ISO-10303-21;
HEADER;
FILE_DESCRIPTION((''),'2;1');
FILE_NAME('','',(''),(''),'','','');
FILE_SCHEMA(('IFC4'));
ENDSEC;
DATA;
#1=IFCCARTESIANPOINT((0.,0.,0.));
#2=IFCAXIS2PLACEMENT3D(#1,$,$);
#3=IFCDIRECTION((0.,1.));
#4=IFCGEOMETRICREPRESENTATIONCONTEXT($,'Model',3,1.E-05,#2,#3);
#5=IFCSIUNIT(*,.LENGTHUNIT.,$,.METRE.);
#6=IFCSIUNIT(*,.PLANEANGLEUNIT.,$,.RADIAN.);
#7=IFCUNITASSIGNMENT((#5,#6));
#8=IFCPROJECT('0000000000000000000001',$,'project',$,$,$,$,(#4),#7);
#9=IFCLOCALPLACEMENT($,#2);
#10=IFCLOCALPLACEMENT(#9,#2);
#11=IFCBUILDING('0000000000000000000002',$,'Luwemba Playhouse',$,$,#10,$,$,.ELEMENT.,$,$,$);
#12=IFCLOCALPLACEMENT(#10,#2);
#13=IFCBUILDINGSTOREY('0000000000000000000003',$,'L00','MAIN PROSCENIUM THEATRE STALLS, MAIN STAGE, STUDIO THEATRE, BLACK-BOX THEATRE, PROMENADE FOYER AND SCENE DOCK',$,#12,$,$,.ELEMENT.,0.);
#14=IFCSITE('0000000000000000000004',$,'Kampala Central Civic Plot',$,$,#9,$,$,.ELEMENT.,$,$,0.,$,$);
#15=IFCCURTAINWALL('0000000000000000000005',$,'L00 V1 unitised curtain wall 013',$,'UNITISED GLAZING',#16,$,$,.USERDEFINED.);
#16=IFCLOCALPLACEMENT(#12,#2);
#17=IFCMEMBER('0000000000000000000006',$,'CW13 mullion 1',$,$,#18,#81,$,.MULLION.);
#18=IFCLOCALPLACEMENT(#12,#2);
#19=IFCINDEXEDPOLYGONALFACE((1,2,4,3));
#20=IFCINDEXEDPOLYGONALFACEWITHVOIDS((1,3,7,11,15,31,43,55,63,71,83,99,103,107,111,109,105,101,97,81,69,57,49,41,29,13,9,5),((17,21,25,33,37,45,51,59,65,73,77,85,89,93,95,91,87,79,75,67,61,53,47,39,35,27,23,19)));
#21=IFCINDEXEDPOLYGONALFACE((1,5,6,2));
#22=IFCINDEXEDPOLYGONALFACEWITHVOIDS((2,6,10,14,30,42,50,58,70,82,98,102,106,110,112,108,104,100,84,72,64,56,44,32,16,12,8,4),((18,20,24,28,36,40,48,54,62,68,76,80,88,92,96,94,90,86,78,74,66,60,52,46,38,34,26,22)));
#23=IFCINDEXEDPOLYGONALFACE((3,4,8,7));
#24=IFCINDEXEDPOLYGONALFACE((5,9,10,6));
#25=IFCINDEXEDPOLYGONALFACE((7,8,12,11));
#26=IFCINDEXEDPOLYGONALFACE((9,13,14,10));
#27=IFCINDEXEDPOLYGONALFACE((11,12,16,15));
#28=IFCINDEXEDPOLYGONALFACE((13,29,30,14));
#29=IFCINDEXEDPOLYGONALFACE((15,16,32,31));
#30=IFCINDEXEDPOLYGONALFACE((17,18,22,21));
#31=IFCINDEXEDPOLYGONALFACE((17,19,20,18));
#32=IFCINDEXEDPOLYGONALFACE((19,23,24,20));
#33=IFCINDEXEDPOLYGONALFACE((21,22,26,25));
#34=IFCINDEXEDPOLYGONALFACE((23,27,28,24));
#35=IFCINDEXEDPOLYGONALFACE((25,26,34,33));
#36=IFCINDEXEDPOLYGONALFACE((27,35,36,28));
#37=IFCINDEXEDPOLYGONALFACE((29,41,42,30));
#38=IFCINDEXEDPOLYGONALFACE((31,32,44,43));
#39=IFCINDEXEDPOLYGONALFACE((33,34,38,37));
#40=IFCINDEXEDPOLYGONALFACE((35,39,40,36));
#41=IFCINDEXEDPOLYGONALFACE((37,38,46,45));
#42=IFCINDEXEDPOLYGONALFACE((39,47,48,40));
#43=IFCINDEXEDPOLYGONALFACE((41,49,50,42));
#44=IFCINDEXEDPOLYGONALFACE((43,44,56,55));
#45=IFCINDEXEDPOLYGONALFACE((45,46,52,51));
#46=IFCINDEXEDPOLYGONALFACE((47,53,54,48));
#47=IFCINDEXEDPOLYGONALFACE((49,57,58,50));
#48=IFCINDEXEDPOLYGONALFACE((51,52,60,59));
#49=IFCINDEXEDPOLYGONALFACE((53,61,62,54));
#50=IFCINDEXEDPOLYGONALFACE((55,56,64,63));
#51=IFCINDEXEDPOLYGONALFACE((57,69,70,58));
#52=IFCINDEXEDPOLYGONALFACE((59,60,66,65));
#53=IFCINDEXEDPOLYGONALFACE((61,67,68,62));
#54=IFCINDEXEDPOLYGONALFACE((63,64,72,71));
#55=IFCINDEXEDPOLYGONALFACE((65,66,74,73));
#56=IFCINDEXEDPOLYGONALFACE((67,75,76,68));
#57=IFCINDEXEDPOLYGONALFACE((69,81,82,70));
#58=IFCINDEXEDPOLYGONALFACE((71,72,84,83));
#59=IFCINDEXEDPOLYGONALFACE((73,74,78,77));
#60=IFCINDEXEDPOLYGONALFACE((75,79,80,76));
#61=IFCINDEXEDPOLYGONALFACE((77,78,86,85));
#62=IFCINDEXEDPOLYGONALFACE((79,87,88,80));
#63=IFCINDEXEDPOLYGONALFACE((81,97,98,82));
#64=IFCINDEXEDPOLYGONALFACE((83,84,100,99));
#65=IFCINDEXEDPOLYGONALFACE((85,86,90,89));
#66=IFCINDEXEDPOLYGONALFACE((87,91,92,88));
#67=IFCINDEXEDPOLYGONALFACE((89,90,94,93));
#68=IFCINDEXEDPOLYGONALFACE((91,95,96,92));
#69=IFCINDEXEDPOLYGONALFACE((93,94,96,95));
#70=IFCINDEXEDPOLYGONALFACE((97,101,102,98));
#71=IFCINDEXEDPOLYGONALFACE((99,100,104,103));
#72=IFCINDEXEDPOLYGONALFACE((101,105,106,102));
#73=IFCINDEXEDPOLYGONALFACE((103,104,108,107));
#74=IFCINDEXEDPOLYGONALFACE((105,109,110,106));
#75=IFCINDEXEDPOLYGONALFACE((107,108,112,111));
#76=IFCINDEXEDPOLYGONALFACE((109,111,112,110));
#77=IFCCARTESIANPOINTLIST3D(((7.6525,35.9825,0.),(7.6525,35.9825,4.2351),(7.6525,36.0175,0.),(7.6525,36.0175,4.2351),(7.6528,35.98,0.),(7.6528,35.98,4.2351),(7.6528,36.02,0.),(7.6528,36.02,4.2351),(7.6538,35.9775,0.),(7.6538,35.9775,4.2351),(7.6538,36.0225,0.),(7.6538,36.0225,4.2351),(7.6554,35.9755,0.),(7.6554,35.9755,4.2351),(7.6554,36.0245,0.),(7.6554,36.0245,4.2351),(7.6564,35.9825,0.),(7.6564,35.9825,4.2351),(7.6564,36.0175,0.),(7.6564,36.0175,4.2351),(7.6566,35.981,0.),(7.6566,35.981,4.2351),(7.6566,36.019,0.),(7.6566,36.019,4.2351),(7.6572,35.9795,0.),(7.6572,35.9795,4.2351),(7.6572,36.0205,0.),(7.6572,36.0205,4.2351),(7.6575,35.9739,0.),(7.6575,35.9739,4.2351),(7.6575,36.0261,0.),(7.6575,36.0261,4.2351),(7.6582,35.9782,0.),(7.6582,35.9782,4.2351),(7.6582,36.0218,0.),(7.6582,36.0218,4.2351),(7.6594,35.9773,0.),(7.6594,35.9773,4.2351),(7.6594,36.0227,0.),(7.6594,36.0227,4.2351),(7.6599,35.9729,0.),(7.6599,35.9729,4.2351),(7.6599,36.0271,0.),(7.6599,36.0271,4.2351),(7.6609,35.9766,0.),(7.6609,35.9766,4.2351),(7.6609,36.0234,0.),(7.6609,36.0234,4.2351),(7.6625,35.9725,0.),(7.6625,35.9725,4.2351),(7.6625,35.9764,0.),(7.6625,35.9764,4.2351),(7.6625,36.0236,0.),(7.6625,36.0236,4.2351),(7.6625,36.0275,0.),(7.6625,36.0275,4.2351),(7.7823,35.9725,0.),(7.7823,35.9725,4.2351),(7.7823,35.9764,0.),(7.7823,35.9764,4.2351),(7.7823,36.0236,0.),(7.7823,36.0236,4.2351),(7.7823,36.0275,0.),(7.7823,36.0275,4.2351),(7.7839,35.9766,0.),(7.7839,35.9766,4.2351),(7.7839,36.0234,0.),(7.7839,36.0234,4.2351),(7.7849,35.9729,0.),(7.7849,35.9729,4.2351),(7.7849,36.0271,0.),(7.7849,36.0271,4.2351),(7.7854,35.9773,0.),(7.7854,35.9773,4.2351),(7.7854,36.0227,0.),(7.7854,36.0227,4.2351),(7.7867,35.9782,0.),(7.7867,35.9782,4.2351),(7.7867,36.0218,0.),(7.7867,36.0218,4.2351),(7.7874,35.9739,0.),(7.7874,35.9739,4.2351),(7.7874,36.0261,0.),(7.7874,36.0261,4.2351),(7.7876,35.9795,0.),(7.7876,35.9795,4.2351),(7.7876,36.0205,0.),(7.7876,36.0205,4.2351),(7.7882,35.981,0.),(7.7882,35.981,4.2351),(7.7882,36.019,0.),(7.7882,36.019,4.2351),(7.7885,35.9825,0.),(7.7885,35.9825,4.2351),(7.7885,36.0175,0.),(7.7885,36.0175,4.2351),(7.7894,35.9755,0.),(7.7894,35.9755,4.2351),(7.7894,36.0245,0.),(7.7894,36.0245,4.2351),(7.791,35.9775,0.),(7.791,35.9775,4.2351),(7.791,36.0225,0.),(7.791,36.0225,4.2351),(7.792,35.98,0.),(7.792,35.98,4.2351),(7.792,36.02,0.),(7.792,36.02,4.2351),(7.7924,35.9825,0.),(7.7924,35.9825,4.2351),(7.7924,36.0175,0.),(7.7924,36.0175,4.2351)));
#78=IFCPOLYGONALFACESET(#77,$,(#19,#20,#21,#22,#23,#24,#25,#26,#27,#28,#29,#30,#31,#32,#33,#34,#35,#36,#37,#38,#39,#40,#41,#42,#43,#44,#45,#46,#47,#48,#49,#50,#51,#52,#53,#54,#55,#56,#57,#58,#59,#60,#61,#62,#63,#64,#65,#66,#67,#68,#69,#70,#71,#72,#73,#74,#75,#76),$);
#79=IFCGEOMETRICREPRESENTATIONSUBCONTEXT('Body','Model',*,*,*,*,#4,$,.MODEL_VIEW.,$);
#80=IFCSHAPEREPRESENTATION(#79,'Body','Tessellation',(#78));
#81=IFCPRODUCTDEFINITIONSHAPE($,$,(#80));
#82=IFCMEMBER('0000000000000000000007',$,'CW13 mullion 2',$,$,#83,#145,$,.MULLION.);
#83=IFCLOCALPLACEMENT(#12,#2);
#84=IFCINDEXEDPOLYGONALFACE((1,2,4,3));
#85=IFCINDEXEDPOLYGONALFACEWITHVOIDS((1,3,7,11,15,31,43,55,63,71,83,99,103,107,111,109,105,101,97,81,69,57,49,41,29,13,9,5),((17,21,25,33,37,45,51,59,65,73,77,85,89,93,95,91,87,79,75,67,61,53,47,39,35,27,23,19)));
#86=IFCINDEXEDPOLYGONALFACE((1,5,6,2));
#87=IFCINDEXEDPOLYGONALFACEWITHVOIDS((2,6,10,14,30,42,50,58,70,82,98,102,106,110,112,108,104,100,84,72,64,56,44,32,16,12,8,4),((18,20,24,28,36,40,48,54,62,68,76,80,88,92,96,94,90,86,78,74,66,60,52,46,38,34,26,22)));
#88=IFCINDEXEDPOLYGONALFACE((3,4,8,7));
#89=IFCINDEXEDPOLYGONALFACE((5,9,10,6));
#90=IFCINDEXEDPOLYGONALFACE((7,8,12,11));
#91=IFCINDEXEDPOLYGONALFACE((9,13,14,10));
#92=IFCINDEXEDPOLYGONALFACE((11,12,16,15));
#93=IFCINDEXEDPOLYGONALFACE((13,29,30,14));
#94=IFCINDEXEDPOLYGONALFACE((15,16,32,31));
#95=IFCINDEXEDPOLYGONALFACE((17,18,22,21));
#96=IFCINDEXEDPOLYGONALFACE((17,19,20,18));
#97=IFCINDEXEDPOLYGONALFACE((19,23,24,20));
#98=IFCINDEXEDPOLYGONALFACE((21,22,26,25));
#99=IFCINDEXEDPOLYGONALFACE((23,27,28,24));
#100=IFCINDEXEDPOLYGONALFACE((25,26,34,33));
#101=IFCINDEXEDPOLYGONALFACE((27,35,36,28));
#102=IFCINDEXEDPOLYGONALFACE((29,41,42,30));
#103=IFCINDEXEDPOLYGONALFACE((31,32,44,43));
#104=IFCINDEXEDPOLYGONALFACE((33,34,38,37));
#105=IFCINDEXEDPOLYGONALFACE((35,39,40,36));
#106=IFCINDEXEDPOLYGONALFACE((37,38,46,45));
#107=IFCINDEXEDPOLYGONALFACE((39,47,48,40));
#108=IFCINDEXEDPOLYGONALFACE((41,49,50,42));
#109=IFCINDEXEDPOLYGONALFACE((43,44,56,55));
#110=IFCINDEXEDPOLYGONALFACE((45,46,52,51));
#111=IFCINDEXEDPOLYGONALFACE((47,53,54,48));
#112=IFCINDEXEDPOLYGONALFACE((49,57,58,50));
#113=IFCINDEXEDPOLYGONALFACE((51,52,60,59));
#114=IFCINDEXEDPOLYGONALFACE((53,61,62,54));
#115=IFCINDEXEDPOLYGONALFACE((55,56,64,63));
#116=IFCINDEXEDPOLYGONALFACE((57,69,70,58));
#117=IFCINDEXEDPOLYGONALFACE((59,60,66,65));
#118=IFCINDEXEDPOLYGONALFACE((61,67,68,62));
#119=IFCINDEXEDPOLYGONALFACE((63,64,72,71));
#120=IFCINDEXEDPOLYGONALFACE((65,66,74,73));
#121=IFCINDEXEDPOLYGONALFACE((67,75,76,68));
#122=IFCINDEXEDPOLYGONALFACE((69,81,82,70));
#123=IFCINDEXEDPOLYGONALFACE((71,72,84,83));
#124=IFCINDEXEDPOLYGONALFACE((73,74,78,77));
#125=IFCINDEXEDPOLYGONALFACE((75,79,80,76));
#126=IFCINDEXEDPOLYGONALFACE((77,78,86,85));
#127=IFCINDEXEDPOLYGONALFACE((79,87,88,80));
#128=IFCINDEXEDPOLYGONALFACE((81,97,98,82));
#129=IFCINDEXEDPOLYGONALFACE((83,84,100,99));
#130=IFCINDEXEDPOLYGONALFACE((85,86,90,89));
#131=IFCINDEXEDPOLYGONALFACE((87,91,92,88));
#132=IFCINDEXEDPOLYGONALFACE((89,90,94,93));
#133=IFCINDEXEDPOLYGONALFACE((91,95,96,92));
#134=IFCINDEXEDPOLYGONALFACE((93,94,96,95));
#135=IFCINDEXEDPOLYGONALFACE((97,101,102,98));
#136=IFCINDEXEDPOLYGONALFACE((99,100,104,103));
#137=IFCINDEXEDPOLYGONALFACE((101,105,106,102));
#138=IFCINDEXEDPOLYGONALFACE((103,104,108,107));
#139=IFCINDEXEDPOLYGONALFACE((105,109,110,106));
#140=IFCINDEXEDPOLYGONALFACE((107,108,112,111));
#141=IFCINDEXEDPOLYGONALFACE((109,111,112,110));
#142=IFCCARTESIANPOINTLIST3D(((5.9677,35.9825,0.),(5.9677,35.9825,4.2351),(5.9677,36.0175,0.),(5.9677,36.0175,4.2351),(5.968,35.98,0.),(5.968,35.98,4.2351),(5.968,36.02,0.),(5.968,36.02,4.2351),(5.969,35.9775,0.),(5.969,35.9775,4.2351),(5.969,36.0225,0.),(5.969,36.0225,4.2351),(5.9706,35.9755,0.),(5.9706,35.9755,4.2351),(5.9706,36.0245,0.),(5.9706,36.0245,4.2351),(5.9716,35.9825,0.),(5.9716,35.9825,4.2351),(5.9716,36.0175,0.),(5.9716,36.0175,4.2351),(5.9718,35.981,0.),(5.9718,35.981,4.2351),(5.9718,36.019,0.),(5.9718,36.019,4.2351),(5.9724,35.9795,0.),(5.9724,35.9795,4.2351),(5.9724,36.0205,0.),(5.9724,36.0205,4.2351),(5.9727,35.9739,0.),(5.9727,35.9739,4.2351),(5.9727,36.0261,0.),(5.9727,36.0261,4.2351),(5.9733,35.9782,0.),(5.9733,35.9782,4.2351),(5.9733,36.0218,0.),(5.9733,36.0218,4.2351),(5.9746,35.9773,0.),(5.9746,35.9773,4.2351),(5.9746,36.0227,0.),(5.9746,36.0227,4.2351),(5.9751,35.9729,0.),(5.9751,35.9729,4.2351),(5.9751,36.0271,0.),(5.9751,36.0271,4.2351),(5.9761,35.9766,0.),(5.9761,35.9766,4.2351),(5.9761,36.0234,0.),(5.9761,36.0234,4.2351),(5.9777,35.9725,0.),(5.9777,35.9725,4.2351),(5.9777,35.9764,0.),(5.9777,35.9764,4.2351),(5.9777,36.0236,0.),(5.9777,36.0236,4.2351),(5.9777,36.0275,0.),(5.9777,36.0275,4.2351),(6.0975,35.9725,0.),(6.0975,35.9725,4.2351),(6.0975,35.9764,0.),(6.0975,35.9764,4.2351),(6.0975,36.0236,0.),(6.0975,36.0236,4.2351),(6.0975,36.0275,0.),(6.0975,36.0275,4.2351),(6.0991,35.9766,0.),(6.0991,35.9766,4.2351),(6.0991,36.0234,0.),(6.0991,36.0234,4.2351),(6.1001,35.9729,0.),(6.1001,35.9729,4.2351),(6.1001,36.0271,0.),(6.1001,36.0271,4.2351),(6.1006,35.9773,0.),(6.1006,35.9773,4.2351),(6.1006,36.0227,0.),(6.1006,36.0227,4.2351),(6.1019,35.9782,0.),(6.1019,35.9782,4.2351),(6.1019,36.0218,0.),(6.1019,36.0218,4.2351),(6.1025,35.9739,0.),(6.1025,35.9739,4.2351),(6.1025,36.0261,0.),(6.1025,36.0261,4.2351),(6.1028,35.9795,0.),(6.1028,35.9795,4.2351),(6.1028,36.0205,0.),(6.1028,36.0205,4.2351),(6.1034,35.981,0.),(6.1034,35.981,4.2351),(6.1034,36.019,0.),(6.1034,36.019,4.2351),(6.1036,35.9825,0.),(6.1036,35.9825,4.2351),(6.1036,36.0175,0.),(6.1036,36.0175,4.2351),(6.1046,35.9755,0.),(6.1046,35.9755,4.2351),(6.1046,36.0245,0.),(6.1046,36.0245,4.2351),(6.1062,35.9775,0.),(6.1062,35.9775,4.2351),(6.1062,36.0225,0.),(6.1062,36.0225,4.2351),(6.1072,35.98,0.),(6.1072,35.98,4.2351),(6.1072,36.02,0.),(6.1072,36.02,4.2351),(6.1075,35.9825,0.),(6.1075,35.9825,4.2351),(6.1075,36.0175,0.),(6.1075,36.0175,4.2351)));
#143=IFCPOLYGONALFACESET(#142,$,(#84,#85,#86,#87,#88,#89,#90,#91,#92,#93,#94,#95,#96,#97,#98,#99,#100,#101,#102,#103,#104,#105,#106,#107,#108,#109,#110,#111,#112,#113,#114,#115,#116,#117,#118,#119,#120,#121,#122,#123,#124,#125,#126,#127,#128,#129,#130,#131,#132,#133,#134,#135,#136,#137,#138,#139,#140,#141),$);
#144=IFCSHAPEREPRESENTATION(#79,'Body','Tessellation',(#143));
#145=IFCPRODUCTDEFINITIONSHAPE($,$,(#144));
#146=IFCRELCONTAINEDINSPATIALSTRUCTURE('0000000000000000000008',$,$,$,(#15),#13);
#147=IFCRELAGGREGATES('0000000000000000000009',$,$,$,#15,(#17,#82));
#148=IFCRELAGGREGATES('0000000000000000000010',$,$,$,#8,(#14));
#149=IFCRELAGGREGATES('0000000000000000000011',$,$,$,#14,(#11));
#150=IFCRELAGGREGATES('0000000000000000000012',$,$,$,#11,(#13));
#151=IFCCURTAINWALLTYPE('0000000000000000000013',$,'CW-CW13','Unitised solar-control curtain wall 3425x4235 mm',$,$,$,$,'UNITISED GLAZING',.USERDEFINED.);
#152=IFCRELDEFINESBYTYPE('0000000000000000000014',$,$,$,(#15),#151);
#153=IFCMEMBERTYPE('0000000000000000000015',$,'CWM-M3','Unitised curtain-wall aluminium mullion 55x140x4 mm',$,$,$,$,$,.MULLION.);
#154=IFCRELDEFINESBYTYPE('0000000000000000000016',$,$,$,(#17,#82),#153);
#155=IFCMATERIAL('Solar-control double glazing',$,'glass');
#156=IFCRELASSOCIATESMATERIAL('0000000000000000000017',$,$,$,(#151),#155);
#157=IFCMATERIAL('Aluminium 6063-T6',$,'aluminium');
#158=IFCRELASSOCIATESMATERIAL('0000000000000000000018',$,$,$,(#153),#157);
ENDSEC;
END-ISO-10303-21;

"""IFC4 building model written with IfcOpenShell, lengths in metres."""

from ifc_helpers import new_model, si_unit, direction, frame, origin, origin_2d, place, context, subcontext, project, spatial, hollow_rectangle, extrude, material, material_profile, profile_set, type_object, element, aggregate, save


model = new_model("IFC4")

# Units and contexts
model_context = context("Model", 3, precision=1e-05, world=origin(), true_north=direction((0.0, 1.0)))
body_context = subcontext(model_context, "Body", "Model", "MODEL_VIEW")
ifc_project = project(units=[si_unit("LENGTHUNIT", "METRE"), si_unit("PLANEANGLEUNIT", "RADIAN")], contexts=[model_context])

# Site, building, storey
site_placement = place(None, origin())
site = spatial("IfcSite", under=ifc_project, at=site_placement, Name="Kampala Central Civic Plot", CompositionType="ELEMENT", RefElevation=0.0)
building_placement = place(site_placement, origin())
building = spatial("IfcBuilding", under=site, at=building_placement, Name="Luwemba Playhouse", CompositionType="ELEMENT")
storey_placement = place(building_placement, origin())
storey = spatial("IfcBuildingStorey", under=building, at=storey_placement, Name="L00", Description="MAIN PROSCENIUM THEATRE STALLS, MAIN STAGE, STUDIO THEATRE, BLACK-BOX THEATRE, PROMENADE FOYER AND SCENE DOCK", CompositionType="ELEMENT", Elevation=0.0)

# Shared definitions
ifc_material_1 = material(Name="Solar-control double glazing", Category="glass")
ifc_material_2 = material(Name="Aluminium 6063-T6", Category="aluminium")

# Curtain wall, members
curtain_wall_type_1 = type_object("IfcCurtainWallType", Name="CW-CW13", Description="Unitised solar-control curtain wall 3425x4235 mm", ElementType="UNITISED GLAZING", PredefinedType="USERDEFINED", material=ifc_material_1)
curtain_wall_1_placement = place(storey_placement, origin())
curtain_wall_1 = element("IfcCurtainWall", 1, at=curtain_wall_1_placement, inside=storey, type_object=curtain_wall_type_1, Name="L00 V1 unitised curtain wall 013", ObjectType="UNITISED GLAZING", PredefinedType="USERDEFINED")
ifc_material_profile_1 = material_profile(ifc_material_2, hollow_rectangle(XDim=0.0549, YDim=0.1399, WallThickness=0.0039, InnerFilletRadius=0.0061, OuterFilletRadius=0.01, at=origin_2d()))
ifc_profile_set_1 = profile_set([ifc_material_profile_1], Name="Aluminium 6063-T6")
member_type_1 = type_object("IfcMemberType", Name="CWM-M3", Description="Unitised curtain-wall aluminium mullion 55x140x4 mm", PredefinedType="MULLION", material=ifc_profile_set_1)
member_1_placement = place(storey_placement, frame((7.7224, 36.0, 0.0), z_axis=(0.0, 0.0, 1.0), x_axis=(0.0, -1.0, 0.0)))
member_1 = element("IfcMember", 2, at=member_1_placement, type_object=member_type_1, Name="CW13 mullion 1", PredefinedType="MULLION", context=body_context, shape_type="SweptSolid", body=[
    extrude(hollow_rectangle(XDim=0.0549, YDim=0.1399, WallThickness=0.0039, InnerFilletRadius=0.0061, OuterFilletRadius=0.01, at=origin_2d()), origin(), (0.0, 0.0, 1.0), 4.2351),
])
member_2_placement = place(storey_placement, frame((6.0376, 36.0, 0.0), z_axis=(0.0, 0.0, 1.0), x_axis=(0.0, -1.0, 0.0)))
member_2 = element("IfcMember", 3, at=member_2_placement, type_object=member_type_1, Name="CW13 mullion 2", PredefinedType="MULLION", context=body_context, shape_type="SweptSolid", body=[
    extrude(hollow_rectangle(XDim=0.0549, YDim=0.1399, WallThickness=0.0039, InnerFilletRadius=0.0061, OuterFilletRadius=0.01, at=origin_2d()), origin(), (0.0, 0.0, 1.0), 4.2351),
])

aggregate(curtain_wall_1, [member_1, member_2])

save(model, "model.ifc")
